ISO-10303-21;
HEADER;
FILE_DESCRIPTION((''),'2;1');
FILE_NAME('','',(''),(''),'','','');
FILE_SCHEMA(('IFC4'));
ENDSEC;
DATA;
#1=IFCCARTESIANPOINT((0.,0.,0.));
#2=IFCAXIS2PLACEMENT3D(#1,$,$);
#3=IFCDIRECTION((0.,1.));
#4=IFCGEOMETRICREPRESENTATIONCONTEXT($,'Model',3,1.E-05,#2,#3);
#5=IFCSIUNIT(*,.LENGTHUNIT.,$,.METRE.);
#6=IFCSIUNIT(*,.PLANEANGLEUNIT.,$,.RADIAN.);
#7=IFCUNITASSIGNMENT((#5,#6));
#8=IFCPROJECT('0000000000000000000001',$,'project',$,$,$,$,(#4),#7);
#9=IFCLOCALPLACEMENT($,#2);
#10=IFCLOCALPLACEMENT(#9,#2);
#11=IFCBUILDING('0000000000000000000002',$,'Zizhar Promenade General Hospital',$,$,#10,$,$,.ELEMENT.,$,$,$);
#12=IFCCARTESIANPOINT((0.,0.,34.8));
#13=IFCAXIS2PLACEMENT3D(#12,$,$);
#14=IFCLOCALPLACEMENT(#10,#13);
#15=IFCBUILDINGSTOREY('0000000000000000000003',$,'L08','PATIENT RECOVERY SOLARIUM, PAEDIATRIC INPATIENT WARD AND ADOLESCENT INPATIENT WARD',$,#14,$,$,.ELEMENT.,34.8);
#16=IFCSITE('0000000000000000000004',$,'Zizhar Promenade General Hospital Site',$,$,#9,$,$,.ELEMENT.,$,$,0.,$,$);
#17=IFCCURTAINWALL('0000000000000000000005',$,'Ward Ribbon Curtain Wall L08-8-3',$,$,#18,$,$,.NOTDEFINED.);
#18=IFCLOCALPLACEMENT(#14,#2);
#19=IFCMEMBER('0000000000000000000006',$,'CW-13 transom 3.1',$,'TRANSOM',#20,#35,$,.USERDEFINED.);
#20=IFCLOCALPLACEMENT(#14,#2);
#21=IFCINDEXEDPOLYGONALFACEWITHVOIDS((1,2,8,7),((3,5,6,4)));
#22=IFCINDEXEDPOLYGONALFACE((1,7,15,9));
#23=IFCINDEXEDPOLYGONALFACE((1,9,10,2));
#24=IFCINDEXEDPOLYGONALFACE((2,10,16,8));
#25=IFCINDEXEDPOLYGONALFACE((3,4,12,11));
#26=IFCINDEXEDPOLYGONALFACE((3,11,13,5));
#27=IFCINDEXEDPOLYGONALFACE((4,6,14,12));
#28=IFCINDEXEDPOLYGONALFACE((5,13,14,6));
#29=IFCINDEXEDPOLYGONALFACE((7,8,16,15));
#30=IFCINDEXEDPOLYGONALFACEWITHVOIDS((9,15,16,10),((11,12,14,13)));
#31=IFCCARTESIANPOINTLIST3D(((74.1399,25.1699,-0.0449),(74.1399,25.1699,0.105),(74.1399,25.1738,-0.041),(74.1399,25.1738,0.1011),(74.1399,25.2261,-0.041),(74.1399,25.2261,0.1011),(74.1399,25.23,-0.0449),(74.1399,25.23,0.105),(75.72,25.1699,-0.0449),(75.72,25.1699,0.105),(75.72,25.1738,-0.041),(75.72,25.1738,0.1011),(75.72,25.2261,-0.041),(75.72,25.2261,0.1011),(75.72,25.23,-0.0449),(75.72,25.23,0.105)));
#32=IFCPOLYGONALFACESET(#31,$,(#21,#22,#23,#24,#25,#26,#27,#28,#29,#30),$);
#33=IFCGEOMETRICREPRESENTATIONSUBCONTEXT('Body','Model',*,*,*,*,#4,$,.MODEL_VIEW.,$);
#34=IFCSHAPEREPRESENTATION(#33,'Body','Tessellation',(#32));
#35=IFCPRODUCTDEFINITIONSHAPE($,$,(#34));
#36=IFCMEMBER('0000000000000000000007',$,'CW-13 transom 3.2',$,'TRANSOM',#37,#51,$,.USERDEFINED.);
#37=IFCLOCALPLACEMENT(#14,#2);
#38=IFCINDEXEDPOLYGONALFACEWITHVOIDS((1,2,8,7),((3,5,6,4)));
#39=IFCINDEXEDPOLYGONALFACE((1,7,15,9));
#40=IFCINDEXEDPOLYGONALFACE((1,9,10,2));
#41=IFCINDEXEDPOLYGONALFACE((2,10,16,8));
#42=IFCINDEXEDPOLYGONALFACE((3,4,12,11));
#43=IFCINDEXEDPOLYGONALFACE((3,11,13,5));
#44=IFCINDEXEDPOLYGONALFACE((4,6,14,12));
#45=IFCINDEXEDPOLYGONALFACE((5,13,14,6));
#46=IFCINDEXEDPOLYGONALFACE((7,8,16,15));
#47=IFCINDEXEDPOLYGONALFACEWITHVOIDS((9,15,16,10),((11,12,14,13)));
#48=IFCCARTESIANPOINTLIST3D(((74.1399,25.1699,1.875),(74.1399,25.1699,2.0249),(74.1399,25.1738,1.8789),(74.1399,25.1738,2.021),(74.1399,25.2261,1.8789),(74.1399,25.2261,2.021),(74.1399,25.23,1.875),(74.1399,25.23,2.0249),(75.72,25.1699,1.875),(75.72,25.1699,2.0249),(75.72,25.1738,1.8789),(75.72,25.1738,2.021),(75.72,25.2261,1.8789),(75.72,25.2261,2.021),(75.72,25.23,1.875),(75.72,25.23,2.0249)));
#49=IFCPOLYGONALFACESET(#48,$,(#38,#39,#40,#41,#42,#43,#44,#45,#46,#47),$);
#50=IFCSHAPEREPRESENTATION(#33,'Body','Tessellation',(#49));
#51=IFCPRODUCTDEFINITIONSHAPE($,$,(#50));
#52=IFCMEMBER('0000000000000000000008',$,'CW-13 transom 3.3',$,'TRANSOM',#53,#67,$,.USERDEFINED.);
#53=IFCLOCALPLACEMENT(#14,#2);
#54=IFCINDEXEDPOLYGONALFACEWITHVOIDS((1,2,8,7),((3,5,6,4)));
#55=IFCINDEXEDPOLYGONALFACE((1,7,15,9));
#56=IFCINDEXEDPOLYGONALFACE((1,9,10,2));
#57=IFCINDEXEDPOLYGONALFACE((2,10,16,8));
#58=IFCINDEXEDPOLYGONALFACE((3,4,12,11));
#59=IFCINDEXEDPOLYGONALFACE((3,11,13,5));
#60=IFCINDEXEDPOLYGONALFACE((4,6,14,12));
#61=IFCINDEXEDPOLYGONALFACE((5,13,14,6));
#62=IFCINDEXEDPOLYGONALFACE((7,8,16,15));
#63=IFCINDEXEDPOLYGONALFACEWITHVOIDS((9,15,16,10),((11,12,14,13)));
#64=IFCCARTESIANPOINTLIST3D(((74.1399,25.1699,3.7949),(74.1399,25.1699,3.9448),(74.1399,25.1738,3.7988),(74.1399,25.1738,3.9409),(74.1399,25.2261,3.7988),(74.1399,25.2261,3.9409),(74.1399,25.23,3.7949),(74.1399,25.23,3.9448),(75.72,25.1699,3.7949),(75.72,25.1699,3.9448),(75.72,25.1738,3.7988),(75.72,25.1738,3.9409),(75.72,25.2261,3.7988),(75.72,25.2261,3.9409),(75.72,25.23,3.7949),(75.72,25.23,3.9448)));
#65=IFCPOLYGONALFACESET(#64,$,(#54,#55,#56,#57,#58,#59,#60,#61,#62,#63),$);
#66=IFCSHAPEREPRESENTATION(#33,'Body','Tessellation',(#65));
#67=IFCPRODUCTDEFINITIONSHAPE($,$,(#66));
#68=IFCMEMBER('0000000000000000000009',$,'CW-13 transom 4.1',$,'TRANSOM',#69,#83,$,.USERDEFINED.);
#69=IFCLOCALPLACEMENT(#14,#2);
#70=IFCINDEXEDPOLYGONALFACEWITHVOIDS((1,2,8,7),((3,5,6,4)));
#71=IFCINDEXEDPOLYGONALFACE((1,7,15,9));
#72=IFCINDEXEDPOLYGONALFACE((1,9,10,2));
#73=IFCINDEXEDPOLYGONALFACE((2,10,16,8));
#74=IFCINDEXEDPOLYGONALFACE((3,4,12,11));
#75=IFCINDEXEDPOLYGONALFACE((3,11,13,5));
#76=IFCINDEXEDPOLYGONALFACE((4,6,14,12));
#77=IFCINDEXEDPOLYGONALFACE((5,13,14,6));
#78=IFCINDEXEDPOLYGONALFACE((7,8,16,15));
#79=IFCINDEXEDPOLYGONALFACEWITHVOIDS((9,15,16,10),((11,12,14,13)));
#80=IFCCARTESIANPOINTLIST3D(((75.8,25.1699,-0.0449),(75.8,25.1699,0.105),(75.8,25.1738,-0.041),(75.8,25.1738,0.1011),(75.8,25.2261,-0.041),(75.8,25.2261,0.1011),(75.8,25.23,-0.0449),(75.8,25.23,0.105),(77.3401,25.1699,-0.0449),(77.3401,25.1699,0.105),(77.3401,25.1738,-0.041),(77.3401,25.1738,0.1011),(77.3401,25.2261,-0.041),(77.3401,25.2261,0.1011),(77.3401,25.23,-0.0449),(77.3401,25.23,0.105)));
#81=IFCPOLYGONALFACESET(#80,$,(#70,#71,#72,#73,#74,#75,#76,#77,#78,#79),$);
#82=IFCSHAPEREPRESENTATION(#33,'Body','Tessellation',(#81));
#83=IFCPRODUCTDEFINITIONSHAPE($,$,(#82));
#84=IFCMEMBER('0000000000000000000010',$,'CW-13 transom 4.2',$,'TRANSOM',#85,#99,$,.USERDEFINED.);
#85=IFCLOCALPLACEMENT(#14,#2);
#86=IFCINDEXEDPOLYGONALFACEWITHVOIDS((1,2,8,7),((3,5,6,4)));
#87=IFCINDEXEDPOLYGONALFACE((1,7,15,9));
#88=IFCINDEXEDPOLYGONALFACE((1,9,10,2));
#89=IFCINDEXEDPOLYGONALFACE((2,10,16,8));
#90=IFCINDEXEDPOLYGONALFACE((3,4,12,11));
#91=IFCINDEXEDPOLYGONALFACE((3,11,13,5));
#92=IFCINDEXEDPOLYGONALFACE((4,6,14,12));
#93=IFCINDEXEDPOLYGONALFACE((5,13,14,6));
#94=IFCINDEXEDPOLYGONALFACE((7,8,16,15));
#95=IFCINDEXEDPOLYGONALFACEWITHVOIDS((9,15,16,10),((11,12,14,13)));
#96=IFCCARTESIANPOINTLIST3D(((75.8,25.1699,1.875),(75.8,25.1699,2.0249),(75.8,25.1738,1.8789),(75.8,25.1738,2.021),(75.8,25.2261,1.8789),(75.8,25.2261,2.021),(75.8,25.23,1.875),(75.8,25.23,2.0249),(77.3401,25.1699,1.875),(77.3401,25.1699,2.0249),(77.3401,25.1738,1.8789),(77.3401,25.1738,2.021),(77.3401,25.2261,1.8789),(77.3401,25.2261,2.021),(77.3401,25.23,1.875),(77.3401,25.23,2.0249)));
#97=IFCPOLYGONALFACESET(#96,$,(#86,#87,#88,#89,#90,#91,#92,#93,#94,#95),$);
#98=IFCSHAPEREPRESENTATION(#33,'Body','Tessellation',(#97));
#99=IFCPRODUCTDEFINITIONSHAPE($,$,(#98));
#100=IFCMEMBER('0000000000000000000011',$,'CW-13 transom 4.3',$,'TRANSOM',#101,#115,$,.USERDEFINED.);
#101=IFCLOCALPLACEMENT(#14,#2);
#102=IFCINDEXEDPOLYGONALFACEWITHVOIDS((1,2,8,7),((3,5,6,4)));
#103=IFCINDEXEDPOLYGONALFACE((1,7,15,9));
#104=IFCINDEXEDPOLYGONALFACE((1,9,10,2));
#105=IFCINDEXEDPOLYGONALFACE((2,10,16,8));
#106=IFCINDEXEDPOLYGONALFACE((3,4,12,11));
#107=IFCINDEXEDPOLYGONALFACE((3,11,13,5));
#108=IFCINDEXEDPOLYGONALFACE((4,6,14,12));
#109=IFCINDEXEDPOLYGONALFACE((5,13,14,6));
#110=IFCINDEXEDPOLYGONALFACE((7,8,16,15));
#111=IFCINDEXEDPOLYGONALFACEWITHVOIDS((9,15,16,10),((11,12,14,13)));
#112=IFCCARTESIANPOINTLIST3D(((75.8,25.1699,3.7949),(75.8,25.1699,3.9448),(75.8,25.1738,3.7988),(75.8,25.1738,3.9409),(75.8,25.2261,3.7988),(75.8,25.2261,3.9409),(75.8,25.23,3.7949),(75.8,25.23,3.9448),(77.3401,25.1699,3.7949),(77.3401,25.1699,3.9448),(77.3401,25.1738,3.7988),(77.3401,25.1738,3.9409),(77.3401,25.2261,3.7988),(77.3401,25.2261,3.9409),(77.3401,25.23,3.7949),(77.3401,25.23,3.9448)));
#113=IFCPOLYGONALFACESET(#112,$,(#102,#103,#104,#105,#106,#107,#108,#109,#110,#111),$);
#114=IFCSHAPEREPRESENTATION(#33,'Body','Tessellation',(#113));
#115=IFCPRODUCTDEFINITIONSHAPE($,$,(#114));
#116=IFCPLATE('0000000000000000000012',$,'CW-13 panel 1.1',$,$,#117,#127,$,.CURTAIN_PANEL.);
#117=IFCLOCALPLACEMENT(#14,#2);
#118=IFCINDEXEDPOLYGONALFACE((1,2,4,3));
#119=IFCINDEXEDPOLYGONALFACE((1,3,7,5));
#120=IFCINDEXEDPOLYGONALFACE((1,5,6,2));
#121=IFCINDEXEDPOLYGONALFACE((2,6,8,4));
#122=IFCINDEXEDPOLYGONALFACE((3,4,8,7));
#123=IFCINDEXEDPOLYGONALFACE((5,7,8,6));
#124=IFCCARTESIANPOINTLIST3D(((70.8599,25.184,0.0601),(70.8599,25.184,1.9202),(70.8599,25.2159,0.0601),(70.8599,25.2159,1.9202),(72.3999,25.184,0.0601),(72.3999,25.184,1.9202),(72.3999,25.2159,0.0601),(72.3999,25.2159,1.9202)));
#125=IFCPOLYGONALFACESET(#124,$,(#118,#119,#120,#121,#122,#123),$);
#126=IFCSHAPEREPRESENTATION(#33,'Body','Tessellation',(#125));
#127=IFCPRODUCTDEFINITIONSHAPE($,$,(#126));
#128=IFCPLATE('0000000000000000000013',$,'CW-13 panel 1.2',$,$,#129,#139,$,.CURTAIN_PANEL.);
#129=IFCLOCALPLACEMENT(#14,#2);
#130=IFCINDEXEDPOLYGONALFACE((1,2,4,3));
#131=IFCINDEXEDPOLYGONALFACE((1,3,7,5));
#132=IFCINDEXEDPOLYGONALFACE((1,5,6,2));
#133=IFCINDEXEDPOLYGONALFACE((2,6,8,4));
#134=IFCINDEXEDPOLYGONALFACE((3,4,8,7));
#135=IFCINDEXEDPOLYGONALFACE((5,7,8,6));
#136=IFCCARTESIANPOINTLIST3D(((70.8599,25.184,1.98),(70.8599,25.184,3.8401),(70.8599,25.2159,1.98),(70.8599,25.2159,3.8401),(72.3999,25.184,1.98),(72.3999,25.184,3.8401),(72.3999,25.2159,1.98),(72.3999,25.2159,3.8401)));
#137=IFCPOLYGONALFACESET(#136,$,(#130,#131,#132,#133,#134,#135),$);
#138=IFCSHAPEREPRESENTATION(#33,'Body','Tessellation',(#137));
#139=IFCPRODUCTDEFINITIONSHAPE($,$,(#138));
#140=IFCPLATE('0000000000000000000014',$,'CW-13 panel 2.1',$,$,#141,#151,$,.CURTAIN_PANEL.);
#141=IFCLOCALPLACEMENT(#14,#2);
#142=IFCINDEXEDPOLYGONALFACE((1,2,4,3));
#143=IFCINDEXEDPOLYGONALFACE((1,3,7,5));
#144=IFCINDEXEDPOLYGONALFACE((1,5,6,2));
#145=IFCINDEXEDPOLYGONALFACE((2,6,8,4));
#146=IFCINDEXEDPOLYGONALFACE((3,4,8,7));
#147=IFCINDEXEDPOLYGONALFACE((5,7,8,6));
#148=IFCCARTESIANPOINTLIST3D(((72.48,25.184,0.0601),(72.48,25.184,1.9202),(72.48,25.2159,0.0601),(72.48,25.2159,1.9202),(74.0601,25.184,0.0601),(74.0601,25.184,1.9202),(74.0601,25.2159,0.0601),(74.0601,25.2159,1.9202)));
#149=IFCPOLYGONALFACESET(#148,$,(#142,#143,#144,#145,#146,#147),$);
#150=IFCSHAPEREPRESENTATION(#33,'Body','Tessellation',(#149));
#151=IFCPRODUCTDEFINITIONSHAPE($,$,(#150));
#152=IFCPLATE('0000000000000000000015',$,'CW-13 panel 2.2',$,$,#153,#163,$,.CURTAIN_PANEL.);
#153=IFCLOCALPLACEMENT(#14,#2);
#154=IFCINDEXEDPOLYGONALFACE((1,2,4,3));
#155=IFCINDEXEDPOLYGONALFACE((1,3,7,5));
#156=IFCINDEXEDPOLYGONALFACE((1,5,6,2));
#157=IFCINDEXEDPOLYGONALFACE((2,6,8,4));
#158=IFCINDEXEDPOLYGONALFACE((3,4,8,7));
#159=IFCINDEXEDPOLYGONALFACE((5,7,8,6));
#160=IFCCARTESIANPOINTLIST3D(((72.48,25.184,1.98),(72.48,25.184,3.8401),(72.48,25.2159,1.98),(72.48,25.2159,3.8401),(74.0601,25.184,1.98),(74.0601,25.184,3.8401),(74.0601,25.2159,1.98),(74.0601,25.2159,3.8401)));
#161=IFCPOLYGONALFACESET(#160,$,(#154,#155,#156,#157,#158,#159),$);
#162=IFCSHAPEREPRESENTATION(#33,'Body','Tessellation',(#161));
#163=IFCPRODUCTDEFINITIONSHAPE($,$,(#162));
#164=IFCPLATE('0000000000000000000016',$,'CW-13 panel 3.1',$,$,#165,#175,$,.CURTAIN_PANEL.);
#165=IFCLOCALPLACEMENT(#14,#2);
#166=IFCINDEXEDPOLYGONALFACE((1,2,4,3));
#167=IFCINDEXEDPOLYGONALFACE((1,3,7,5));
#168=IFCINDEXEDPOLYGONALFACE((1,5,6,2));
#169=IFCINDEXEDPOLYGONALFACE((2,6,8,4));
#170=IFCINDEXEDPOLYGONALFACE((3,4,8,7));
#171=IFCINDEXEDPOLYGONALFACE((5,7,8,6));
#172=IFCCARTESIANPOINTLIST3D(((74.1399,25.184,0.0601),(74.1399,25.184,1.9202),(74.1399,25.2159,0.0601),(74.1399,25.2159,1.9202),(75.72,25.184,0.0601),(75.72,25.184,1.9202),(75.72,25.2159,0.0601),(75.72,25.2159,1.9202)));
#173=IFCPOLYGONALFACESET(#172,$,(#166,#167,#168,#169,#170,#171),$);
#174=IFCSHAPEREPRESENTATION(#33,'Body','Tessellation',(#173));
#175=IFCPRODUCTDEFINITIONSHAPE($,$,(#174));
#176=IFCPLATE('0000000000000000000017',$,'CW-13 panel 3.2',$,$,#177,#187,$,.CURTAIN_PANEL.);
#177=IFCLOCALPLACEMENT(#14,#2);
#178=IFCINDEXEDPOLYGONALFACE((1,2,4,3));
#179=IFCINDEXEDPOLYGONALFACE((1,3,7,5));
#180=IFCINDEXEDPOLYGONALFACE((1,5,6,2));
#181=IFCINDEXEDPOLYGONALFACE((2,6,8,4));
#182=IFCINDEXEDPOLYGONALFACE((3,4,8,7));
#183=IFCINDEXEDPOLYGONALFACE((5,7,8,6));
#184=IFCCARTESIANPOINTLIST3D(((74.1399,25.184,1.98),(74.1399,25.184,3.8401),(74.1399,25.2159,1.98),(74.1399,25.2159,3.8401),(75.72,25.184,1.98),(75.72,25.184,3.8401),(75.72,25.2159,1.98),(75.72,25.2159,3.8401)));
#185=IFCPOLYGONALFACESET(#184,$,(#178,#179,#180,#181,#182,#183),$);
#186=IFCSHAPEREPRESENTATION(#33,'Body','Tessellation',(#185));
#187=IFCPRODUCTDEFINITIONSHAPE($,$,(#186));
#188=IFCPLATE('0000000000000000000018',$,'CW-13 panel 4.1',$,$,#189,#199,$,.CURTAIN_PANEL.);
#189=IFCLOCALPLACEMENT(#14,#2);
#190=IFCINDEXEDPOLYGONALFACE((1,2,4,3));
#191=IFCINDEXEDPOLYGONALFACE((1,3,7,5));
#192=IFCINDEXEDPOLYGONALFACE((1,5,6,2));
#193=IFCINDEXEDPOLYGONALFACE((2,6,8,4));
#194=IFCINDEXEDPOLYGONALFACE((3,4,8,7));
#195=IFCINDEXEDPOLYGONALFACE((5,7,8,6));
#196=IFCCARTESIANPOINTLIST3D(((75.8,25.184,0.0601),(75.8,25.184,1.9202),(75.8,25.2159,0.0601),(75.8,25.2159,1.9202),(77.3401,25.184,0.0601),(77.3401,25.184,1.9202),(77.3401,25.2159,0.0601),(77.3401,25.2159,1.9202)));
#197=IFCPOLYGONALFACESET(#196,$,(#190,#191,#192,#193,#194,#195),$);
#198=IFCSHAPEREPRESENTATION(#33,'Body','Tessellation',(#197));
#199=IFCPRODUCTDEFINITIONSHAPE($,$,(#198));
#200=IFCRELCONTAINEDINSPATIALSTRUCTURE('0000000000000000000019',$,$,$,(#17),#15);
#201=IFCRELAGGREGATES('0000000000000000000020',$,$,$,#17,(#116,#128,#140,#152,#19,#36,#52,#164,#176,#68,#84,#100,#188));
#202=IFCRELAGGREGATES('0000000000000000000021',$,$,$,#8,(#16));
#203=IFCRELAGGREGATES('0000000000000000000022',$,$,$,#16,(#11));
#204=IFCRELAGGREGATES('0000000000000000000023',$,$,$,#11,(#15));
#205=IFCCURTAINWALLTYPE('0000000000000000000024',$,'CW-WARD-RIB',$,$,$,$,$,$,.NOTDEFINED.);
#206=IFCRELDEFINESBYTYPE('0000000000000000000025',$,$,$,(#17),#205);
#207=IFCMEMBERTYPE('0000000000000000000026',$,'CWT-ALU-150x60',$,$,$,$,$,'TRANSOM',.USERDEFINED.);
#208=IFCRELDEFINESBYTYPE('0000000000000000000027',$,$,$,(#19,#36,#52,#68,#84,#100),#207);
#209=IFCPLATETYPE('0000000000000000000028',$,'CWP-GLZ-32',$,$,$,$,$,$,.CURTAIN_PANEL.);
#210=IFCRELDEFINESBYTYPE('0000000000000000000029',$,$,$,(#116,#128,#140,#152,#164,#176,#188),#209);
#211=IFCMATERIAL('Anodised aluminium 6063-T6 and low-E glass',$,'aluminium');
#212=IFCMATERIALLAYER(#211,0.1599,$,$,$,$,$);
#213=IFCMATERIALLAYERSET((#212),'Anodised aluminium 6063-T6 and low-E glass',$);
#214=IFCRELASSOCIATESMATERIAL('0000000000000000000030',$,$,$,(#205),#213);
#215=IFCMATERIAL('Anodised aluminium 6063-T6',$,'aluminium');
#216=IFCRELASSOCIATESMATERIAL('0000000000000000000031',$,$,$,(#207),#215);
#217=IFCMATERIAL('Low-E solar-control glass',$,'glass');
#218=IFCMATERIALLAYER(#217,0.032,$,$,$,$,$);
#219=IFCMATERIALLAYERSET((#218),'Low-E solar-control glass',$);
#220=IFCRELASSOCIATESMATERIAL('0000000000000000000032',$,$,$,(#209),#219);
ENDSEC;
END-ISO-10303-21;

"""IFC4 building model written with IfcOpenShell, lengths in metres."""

from ifc_helpers import new_model, si_unit, direction, frame, origin, origin_2d, place, context, subcontext, project, spatial, rectangle, hollow_rectangle, extrude, material, layer, layer_set, material_profile, profile_set, type_object, element, aggregate, save


model = new_model("IFC4")

# Units and contexts
model_context = context("Model", 3, precision=1e-05, world=origin(), true_north=direction((0.0, 1.0)))
body_context = subcontext(model_context, "Body", "Model", "MODEL_VIEW")
ifc_project = project(units=[si_unit("LENGTHUNIT", "METRE"), si_unit("PLANEANGLEUNIT", "RADIAN")], contexts=[model_context])

# Site, building, storey
site_placement = place(None, origin())
site = spatial("IfcSite", under=ifc_project, at=site_placement, Name="Zizhar Promenade General Hospital Site", CompositionType="ELEMENT", RefElevation=0.0)
building_placement = place(site_placement, origin())
building = spatial("IfcBuilding", under=site, at=building_placement, Name="Zizhar Promenade General Hospital", CompositionType="ELEMENT")
storey_placement = place(building_placement, frame((0.0, 0.0, 34.8)))
storey = spatial("IfcBuildingStorey", under=building, at=storey_placement, Name="L08", Description="PATIENT RECOVERY SOLARIUM, PAEDIATRIC INPATIENT WARD AND ADOLESCENT INPATIENT WARD", CompositionType="ELEMENT", Elevation=34.8)

# Curtain wall, members, plates
ifc_material_1 = material(Name="Anodised aluminium 6063-T6 and low-E glass", Category="aluminium")
ifc_layer_1 = layer(ifc_material_1, 0.1599)
ifc_layer_set_1 = layer_set([ifc_layer_1], Name="Anodised aluminium 6063-T6 and low-E glass")
curtain_wall_type = type_object("IfcCurtainWallType", Name="CW-WARD-RIB", PredefinedType="NOTDEFINED", material=ifc_layer_set_1)
curtain_wall_placement = place(storey_placement, origin())
curtain_wall = element("IfcCurtainWall", 1, at=curtain_wall_placement, inside=storey, type_object=curtain_wall_type, Name="Ward Ribbon Curtain Wall L08-8-3", PredefinedType="NOTDEFINED")
ifc_material_2 = material(Name="Anodised aluminium 6063-T6", Category="aluminium")
ifc_material_profile_1 = material_profile(ifc_material_2, hollow_rectangle(XDim=0.0601, YDim=0.1499, WallThickness=0.0039, at=origin_2d()))
ifc_profile_set_1 = profile_set([ifc_material_profile_1], Name="Anodised aluminium 6063-T6")
member_type_1 = type_object("IfcMemberType", Name="CWT-ALU-150x60", ElementType="TRANSOM", PredefinedType="USERDEFINED", material=ifc_profile_set_1)
member_1_placement = place(storey_placement, frame((74.1399, 25.2, 0.03), z_axis=(1.0, 0.0, 0.0), x_axis=(0.0, 1.0, 0.0)))
member_1 = element("IfcMember", 2, at=member_1_placement, type_object=member_type_1, Name="CW-13 transom 3.1", ObjectType="TRANSOM", PredefinedType="USERDEFINED", context=body_context, shape_type="SweptSolid", body=[
    extrude(hollow_rectangle(XDim=0.0601, YDim=0.1499, WallThickness=0.0039, at=origin_2d()), origin(), (0.0, 0.0, 1.0), 1.5801),
])
member_2_placement = place(storey_placement, frame((74.1399, 25.2, 1.95), z_axis=(1.0, 0.0, 0.0), x_axis=(0.0, 1.0, 0.0)))
member_2 = element("IfcMember", 3, at=member_2_placement, type_object=member_type_1, Name="CW-13 transom 3.2", ObjectType="TRANSOM", PredefinedType="USERDEFINED", context=body_context, shape_type="SweptSolid", body=[
    extrude(hollow_rectangle(XDim=0.0601, YDim=0.1499, WallThickness=0.0039, at=origin_2d()), origin(), (0.0, 0.0, 1.0), 1.5801),
])
member_3_placement = place(storey_placement, frame((74.1399, 25.2, 3.8699), z_axis=(1.0, 0.0, 0.0), x_axis=(0.0, 1.0, 0.0)))
member_3 = element("IfcMember", 4, at=member_3_placement, type_object=member_type_1, Name="CW-13 transom 3.3", ObjectType="TRANSOM", PredefinedType="USERDEFINED", context=body_context, shape_type="SweptSolid", body=[
    extrude(hollow_rectangle(XDim=0.0601, YDim=0.1499, WallThickness=0.0039, at=origin_2d()), origin(), (0.0, 0.0, 1.0), 1.5801),
])
member_4_placement = place(storey_placement, frame((75.8, 25.2, 0.03), z_axis=(1.0, 0.0, 0.0), x_axis=(0.0, 1.0, 0.0)))
member_4 = element("IfcMember", 5, at=member_4_placement, type_object=member_type_1, Name="CW-13 transom 4.1", ObjectType="TRANSOM", PredefinedType="USERDEFINED", context=body_context, shape_type="SweptSolid", body=[
    extrude(hollow_rectangle(XDim=0.0601, YDim=0.1499, WallThickness=0.0039, at=origin_2d()), origin(), (0.0, 0.0, 1.0), 1.54),
])
member_5_placement = place(storey_placement, frame((75.8, 25.2, 1.95), z_axis=(1.0, 0.0, 0.0), x_axis=(0.0, 1.0, 0.0)))
member_5 = element("IfcMember", 6, at=member_5_placement, type_object=member_type_1, Name="CW-13 transom 4.2", ObjectType="TRANSOM", PredefinedType="USERDEFINED", context=body_context, shape_type="SweptSolid", body=[
    extrude(hollow_rectangle(XDim=0.0601, YDim=0.1499, WallThickness=0.0039, at=origin_2d()), origin(), (0.0, 0.0, 1.0), 1.54),
])
member_6_placement = place(storey_placement, frame((75.8, 25.2, 3.8699), z_axis=(1.0, 0.0, 0.0), x_axis=(0.0, 1.0, 0.0)))
member_6 = element("IfcMember", 7, at=member_6_placement, type_object=member_type_1, Name="CW-13 transom 4.3", ObjectType="TRANSOM", PredefinedType="USERDEFINED", context=body_context, shape_type="SweptSolid", body=[
    extrude(hollow_rectangle(XDim=0.0601, YDim=0.1499, WallThickness=0.0039, at=origin_2d()), origin(), (0.0, 0.0, 1.0), 1.54),
])
ifc_material_3 = material(Name="Low-E solar-control glass", Category="glass")
ifc_layer_2 = layer(ifc_material_3, 0.032)
ifc_layer_set_2 = layer_set([ifc_layer_2], Name="Low-E solar-control glass")
plate_type = type_object("IfcPlateType", Name="CWP-GLZ-32", PredefinedType="CURTAIN_PANEL", material=ifc_layer_set_2)
plate_1_placement = place(storey_placement, frame((71.6299, 25.2, 0.0601), z_axis=(0.0, 0.0, 1.0), x_axis=(1.0, 0.0, 0.0)))
plate_1 = element("IfcPlate", 8, at=plate_1_placement, type_object=plate_type, Name="CW-13 panel 1.1", PredefinedType="CURTAIN_PANEL", context=body_context, shape_type="SweptSolid", body=[
    extrude(rectangle(XDim=1.54, YDim=0.032, at=origin_2d()), origin(), (0.0, 0.0, 1.0), 1.8601),
])
plate_2_placement = place(storey_placement, frame((71.6299, 25.2, 1.98), z_axis=(0.0, 0.0, 1.0), x_axis=(1.0, 0.0, 0.0)))
plate_2 = element("IfcPlate", 9, at=plate_2_placement, type_object=plate_type, Name="CW-13 panel 1.2", PredefinedType="CURTAIN_PANEL", context=body_context, shape_type="SweptSolid", body=[
    extrude(rectangle(XDim=1.54, YDim=0.032, at=origin_2d()), origin(), (0.0, 0.0, 1.0), 1.8601),
])
plate_3_placement = place(storey_placement, frame((73.27, 25.2, 0.0601), z_axis=(0.0, 0.0, 1.0), x_axis=(1.0, 0.0, 0.0)))
plate_3 = element("IfcPlate", 10, at=plate_3_placement, type_object=plate_type, Name="CW-13 panel 2.1", PredefinedType="CURTAIN_PANEL", context=body_context, shape_type="SweptSolid", body=[
    extrude(rectangle(XDim=1.5801, YDim=0.032, at=origin_2d()), origin(), (0.0, 0.0, 1.0), 1.8601),
])
plate_4_placement = place(storey_placement, frame((73.27, 25.2, 1.98), z_axis=(0.0, 0.0, 1.0), x_axis=(1.0, 0.0, 0.0)))
plate_4 = element("IfcPlate", 11, at=plate_4_placement, type_object=plate_type, Name="CW-13 panel 2.2", PredefinedType="CURTAIN_PANEL", context=body_context, shape_type="SweptSolid", body=[
    extrude(rectangle(XDim=1.5801, YDim=0.032, at=origin_2d()), origin(), (0.0, 0.0, 1.0), 1.8601),
])
plate_5_placement = place(storey_placement, frame((74.9299, 25.2, 0.0601), z_axis=(0.0, 0.0, 1.0), x_axis=(1.0, 0.0, 0.0)))
plate_5 = element("IfcPlate", 12, at=plate_5_placement, type_object=plate_type, Name="CW-13 panel 3.1", PredefinedType="CURTAIN_PANEL", context=body_context, shape_type="SweptSolid", body=[
    extrude(rectangle(XDim=1.5801, YDim=0.032, at=origin_2d()), origin(), (0.0, 0.0, 1.0), 1.8601),
])
plate_6_placement = place(storey_placement, frame((74.9299, 25.2, 1.98), z_axis=(0.0, 0.0, 1.0), x_axis=(1.0, 0.0, 0.0)))
plate_6 = element("IfcPlate", 13, at=plate_6_placement, type_object=plate_type, Name="CW-13 panel 3.2", PredefinedType="CURTAIN_PANEL", context=body_context, shape_type="SweptSolid", body=[
    extrude(rectangle(XDim=1.5801, YDim=0.032, at=origin_2d()), origin(), (0.0, 0.0, 1.0), 1.8601),
])
plate_7_placement = place(storey_placement, frame((76.5701, 25.2, 0.0601), z_axis=(0.0, 0.0, 1.0), x_axis=(1.0, 0.0, 0.0)))
plate_7 = element("IfcPlate", 14, at=plate_7_placement, type_object=plate_type, Name="CW-13 panel 4.1", PredefinedType="CURTAIN_PANEL", context=body_context, shape_type="SweptSolid", body=[
    extrude(rectangle(XDim=1.54, YDim=0.032, at=origin_2d()), origin(), (0.0, 0.0, 1.0), 1.8601),
])
aggregate(curtain_wall, [plate_1, plate_2, plate_3, plate_4, member_1, member_2, member_3, plate_5, plate_6, member_4, member_5, member_6, plate_7])

save(model, "model.ifc")
